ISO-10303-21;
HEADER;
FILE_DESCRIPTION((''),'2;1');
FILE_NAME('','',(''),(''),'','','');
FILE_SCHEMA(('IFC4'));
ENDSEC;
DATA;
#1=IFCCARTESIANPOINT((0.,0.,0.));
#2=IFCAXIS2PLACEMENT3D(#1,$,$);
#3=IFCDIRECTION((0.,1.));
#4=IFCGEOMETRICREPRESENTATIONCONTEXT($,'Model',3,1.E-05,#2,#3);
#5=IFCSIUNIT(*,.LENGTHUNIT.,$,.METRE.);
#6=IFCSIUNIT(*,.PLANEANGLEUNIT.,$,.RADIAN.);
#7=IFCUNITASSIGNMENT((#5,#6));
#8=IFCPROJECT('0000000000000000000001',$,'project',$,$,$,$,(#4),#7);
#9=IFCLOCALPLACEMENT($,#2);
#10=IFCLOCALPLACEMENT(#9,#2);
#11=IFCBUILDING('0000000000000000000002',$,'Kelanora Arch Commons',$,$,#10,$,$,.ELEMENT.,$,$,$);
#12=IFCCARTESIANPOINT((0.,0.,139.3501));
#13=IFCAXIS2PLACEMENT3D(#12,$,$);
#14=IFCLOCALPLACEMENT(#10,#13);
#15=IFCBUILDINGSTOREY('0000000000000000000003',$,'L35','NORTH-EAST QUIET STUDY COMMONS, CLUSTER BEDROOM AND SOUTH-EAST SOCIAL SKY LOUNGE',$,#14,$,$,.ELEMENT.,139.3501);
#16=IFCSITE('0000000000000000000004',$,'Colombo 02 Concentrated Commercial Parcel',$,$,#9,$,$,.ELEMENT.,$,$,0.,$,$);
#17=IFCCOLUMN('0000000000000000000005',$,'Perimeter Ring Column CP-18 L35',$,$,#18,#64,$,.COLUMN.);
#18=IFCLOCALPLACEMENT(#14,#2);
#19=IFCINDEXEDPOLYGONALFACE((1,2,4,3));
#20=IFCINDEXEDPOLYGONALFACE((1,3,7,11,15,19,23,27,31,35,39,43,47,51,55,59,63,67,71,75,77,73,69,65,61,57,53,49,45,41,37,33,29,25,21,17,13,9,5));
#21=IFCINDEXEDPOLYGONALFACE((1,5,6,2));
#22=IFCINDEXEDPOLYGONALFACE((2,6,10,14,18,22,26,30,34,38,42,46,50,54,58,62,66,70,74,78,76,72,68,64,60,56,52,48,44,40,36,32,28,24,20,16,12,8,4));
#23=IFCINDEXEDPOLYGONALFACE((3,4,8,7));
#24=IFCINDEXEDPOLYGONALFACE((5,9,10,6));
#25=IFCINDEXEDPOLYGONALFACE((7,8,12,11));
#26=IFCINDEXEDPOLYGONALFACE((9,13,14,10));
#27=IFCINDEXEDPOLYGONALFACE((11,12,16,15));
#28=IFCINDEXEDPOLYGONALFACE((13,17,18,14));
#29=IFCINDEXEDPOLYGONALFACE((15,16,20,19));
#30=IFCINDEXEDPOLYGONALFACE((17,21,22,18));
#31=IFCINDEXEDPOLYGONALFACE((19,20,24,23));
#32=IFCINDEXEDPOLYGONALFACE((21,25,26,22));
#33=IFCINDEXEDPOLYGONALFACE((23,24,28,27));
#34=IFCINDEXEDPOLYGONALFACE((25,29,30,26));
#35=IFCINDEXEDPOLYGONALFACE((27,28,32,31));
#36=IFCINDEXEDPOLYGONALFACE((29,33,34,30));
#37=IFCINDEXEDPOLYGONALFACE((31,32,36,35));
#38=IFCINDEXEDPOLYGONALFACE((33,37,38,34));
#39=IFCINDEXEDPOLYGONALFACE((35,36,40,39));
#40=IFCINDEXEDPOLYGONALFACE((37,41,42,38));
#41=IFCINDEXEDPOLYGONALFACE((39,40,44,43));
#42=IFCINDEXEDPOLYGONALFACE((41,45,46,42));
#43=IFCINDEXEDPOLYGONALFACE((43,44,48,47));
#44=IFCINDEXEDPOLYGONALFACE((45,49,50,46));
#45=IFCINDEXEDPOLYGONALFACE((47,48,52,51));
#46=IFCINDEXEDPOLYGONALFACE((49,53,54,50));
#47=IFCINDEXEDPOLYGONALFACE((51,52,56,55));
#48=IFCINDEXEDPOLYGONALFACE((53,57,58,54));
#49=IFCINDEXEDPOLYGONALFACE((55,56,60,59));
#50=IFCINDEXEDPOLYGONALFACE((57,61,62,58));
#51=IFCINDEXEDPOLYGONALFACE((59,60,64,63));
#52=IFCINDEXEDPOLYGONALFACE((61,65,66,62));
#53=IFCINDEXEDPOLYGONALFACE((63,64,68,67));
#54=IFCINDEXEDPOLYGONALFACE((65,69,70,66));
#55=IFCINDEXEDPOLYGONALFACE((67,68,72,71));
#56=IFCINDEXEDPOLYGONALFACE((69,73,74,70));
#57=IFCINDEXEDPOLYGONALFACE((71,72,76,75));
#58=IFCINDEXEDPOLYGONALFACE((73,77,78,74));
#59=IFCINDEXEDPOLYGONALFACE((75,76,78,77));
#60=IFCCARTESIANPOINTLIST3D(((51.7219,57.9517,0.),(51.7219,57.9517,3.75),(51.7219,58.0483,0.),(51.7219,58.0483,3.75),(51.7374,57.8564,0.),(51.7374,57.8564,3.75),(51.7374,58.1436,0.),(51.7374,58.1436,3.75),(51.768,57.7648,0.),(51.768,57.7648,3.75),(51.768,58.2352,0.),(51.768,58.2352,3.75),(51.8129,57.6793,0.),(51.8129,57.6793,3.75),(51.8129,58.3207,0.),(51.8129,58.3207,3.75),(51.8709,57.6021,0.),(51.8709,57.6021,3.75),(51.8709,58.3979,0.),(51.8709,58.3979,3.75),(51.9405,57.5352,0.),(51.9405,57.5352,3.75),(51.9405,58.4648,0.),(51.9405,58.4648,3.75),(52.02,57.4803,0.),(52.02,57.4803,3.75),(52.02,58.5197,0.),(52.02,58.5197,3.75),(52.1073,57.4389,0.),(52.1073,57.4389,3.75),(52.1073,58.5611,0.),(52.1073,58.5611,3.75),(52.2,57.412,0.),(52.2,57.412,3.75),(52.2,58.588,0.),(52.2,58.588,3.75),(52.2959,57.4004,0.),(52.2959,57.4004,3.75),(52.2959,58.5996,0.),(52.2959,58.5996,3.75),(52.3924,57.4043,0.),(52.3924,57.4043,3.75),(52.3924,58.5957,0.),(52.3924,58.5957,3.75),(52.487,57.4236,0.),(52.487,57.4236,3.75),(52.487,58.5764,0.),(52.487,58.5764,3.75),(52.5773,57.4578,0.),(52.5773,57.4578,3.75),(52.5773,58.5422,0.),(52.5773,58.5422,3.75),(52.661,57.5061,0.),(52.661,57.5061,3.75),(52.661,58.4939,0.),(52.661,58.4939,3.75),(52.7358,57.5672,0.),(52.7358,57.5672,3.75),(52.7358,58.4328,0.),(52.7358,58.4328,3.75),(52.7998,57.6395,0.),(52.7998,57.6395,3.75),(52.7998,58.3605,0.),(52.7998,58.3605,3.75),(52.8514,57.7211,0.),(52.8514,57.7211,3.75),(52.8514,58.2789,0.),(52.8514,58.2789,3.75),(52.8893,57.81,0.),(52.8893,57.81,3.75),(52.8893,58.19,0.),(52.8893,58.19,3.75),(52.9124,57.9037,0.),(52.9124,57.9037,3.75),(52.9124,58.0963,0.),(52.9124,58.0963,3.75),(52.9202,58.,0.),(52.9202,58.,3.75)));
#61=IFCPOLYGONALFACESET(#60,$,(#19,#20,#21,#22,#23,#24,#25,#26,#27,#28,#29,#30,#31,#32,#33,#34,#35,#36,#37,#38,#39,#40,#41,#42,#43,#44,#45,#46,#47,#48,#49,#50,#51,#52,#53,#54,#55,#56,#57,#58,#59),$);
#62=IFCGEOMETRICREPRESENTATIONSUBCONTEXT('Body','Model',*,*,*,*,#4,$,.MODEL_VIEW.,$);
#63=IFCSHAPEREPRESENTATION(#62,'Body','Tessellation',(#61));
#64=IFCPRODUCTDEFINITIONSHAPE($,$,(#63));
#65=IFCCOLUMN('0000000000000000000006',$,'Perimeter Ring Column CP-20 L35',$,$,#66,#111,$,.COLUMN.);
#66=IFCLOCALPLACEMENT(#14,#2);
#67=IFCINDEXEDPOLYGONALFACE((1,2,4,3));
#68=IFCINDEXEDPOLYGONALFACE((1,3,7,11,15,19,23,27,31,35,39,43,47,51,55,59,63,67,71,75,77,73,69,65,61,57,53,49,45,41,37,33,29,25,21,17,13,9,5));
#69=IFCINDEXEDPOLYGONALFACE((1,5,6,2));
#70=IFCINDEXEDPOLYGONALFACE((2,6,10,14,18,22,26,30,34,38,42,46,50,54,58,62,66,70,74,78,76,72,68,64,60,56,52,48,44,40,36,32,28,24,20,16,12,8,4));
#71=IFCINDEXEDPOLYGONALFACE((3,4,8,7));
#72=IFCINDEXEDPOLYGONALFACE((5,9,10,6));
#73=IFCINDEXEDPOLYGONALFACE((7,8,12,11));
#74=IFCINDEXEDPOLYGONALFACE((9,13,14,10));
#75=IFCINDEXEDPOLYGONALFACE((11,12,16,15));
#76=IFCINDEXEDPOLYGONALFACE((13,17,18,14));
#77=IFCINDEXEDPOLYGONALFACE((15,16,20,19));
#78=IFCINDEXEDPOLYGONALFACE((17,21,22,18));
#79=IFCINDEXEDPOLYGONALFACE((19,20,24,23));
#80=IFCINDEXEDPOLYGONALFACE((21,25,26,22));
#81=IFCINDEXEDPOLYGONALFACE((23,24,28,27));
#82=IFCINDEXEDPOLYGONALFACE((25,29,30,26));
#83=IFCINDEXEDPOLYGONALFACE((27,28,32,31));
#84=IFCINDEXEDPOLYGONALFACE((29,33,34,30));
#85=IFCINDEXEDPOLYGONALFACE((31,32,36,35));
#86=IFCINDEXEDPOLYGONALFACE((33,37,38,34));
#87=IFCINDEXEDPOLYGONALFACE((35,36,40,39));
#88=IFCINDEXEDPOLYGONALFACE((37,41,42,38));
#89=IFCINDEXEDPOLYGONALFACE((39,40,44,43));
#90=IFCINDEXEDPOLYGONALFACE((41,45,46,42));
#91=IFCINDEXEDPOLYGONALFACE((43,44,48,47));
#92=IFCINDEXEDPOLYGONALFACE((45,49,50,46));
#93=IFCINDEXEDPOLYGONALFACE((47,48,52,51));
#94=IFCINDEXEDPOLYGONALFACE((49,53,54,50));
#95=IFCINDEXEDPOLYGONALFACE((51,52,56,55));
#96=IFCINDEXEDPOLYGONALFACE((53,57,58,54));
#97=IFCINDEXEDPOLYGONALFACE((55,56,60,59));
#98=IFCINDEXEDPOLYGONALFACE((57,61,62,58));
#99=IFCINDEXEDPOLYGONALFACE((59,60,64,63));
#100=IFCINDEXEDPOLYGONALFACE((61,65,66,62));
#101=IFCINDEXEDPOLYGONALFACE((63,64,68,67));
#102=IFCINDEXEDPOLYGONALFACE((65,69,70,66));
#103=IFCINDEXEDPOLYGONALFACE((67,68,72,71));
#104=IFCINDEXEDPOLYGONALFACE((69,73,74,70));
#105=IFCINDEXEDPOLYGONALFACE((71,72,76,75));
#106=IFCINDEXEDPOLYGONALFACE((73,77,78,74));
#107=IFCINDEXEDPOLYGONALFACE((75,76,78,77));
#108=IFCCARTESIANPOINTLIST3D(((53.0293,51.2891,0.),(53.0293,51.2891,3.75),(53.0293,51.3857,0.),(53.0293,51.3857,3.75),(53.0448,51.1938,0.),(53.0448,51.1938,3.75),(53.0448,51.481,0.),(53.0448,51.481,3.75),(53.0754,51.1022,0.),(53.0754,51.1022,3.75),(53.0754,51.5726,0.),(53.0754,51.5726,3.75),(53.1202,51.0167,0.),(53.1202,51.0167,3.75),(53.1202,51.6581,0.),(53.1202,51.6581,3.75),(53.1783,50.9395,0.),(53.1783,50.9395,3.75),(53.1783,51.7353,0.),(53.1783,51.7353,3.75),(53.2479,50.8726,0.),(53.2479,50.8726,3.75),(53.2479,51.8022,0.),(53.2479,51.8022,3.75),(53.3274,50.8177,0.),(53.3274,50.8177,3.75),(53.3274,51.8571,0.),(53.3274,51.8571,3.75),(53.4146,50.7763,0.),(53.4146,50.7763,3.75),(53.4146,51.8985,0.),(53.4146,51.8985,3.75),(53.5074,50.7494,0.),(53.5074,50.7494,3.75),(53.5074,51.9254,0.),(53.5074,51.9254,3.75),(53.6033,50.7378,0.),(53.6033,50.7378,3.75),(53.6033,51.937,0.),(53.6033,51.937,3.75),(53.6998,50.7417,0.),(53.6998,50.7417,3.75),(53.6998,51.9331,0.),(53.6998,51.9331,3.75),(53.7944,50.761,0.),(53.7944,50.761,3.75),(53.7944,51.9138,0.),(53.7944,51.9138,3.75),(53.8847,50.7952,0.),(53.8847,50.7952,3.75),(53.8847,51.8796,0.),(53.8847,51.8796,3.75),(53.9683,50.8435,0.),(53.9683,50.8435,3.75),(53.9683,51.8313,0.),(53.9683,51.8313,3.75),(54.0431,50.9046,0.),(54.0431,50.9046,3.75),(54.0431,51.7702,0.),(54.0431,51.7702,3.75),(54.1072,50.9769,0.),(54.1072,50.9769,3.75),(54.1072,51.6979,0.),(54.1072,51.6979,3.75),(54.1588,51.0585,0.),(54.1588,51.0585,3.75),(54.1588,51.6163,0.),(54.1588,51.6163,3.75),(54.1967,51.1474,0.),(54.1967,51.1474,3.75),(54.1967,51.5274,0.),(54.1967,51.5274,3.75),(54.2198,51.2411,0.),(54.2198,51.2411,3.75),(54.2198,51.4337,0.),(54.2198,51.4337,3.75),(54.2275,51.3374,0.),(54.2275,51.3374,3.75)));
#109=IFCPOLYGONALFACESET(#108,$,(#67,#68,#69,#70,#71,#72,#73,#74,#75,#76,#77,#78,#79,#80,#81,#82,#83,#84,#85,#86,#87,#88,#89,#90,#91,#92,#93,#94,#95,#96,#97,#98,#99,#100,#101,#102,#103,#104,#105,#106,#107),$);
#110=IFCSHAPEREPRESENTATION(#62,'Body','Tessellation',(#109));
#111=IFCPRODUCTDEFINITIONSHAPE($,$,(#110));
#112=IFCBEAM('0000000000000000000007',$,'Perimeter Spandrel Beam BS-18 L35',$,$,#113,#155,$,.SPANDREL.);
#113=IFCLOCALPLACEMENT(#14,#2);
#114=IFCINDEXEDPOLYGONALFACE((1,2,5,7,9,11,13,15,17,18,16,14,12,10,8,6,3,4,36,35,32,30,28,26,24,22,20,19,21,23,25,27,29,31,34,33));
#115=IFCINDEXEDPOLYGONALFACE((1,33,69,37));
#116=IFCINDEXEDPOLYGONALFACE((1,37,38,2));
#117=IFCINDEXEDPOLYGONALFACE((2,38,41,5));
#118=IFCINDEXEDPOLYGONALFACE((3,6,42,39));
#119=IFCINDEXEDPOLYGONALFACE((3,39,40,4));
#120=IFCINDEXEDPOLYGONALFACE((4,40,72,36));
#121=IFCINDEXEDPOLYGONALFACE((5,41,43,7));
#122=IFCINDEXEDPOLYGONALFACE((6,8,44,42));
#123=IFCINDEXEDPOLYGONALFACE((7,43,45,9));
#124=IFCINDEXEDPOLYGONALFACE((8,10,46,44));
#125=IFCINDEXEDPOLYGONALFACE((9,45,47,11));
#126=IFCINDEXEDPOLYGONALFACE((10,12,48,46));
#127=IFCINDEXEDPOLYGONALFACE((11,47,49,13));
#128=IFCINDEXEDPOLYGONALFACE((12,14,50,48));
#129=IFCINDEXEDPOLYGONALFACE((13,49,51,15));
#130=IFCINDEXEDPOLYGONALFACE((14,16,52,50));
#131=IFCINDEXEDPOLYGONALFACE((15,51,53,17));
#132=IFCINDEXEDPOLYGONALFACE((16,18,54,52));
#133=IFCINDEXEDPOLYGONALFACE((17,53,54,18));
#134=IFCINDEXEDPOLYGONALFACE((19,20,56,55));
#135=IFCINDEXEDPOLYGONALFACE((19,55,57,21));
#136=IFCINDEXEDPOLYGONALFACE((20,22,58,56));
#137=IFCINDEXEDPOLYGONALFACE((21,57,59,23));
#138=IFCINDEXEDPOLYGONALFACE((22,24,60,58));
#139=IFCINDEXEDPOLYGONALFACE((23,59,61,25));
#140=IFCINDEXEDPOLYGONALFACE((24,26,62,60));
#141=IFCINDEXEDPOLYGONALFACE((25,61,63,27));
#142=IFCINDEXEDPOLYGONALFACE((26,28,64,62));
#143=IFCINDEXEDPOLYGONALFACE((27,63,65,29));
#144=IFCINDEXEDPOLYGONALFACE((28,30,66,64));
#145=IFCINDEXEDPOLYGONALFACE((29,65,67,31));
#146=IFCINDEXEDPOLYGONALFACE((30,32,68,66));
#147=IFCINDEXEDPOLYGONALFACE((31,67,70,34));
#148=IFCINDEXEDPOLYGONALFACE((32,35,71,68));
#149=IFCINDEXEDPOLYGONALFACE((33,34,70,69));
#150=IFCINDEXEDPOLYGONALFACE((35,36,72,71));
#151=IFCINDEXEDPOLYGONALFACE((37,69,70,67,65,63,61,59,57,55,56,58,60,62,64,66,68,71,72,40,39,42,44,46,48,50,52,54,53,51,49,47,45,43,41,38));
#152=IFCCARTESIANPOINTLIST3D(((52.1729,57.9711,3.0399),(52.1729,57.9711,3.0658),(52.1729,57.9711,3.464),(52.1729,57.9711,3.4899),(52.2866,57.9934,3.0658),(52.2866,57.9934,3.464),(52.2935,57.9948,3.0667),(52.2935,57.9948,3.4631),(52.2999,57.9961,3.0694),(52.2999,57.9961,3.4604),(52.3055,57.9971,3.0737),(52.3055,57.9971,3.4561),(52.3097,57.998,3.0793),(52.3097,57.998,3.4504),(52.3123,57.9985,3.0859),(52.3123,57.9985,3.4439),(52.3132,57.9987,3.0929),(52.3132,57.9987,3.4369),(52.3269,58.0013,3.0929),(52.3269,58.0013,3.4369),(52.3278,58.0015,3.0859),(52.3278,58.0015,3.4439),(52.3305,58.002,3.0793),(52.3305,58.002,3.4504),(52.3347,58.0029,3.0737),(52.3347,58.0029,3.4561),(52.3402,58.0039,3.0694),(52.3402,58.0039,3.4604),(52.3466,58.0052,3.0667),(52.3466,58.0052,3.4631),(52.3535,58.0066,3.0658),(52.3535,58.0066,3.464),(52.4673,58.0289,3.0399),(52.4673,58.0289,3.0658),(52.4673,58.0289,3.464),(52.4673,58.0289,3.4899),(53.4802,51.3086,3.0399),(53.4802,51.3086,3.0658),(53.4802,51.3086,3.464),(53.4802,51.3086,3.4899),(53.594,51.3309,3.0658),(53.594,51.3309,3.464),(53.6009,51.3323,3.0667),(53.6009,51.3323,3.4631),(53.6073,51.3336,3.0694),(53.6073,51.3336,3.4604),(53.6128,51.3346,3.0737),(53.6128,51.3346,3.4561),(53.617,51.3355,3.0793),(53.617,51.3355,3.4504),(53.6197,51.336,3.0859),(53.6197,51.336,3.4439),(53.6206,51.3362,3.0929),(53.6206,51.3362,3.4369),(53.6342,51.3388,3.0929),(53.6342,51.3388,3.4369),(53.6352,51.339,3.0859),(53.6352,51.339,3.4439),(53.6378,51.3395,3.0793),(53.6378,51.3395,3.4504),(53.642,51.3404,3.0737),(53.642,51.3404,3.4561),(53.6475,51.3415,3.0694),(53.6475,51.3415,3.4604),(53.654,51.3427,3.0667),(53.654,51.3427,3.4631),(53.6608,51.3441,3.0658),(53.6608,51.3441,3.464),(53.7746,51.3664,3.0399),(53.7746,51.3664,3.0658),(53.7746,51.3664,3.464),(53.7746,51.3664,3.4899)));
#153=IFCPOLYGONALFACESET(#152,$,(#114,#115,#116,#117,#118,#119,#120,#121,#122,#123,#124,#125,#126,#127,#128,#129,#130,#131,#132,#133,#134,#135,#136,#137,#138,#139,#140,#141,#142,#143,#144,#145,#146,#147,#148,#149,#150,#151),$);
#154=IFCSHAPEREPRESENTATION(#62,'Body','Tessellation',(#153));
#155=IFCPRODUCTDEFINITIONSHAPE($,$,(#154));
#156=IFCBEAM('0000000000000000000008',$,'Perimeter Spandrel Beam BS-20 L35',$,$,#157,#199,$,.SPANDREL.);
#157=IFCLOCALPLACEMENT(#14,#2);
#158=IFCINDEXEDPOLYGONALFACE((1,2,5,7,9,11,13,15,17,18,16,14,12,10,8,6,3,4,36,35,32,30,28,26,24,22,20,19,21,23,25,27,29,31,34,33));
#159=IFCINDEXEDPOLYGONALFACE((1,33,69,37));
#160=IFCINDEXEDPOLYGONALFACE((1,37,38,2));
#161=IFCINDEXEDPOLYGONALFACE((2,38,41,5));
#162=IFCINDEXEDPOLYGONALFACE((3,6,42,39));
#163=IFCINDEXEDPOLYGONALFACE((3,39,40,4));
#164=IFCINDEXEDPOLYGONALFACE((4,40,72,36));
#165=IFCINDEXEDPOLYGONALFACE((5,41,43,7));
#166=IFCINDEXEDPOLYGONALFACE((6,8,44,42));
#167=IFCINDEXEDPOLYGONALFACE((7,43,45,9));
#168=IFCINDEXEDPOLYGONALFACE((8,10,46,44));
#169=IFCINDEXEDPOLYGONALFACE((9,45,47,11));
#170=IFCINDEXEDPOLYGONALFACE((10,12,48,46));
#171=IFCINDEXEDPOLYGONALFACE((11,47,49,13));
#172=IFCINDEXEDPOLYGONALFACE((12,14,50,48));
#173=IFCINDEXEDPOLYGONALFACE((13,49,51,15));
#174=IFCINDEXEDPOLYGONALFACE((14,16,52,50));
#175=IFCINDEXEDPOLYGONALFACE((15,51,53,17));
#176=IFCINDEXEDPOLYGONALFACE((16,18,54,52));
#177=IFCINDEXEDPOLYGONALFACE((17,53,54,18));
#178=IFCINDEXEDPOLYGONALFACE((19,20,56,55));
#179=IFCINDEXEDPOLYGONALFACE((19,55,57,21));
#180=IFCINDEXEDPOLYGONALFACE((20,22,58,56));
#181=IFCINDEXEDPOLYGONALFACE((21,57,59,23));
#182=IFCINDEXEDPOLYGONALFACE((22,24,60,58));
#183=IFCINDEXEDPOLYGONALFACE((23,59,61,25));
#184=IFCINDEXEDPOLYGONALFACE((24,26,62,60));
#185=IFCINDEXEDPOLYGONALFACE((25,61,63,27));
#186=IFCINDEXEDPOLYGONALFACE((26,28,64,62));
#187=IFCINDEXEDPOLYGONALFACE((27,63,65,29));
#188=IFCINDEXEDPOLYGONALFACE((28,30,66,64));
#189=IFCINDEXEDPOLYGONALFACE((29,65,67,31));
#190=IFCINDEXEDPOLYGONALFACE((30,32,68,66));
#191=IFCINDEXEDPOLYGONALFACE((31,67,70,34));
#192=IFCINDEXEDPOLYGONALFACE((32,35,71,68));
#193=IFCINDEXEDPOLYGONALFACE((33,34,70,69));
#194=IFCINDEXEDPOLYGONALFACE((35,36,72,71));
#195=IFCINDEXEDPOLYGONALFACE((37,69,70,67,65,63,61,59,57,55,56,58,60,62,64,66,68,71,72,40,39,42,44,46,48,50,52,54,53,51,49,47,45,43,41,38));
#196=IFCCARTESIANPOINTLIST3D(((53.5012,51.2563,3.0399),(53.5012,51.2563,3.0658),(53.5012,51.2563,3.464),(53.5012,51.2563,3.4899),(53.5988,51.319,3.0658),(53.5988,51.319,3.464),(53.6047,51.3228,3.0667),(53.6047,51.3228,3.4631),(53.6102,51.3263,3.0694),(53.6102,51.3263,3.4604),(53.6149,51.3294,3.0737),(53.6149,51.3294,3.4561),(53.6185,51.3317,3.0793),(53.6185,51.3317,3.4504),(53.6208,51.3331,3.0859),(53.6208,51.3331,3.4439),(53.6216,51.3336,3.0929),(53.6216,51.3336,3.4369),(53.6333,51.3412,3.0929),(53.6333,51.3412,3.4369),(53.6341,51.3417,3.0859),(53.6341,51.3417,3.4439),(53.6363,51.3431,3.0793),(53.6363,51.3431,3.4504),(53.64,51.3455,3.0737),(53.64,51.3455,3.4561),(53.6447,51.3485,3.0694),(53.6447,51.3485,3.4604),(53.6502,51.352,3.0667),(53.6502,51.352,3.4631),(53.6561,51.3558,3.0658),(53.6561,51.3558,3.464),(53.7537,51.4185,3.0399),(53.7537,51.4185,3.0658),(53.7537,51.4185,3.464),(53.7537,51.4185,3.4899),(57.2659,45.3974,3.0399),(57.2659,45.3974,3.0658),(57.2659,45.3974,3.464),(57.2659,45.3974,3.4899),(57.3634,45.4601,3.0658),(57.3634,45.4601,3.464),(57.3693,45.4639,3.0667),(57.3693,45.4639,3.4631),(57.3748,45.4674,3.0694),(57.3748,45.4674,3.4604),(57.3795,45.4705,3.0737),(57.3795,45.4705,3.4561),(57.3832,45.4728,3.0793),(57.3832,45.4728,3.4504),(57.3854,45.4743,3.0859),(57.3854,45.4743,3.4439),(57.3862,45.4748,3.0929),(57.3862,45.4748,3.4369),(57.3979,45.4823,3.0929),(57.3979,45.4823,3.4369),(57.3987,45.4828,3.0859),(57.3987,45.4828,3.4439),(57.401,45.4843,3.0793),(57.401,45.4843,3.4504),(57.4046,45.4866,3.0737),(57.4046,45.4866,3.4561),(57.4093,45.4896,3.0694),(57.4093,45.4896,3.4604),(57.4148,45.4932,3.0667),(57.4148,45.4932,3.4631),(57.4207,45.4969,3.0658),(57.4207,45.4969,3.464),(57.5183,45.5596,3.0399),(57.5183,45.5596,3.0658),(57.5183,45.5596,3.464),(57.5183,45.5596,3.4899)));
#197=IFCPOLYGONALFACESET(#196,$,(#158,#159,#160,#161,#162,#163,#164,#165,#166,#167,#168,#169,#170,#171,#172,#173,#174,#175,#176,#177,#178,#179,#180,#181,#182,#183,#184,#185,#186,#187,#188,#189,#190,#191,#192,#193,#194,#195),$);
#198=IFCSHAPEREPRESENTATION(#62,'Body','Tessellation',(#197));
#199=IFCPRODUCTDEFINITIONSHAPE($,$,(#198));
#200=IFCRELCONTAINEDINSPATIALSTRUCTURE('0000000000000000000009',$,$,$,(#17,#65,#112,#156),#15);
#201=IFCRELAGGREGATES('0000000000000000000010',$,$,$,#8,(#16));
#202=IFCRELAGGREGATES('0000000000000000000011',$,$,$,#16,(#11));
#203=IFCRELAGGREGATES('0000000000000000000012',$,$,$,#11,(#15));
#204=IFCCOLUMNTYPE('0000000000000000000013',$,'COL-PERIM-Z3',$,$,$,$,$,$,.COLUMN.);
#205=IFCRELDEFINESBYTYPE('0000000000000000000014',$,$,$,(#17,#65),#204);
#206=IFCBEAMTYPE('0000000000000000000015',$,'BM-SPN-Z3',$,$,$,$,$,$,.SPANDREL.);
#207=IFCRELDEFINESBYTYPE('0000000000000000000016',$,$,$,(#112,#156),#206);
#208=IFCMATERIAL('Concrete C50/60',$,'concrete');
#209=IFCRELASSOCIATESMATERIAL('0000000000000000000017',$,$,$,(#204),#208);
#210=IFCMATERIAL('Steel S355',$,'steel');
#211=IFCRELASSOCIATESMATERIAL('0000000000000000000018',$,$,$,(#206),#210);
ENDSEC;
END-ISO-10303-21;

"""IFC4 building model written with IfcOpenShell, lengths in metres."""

from ifc_helpers import new_model, si_unit, direction, frame, origin, origin_2d, place, context, subcontext, project, spatial, circle, i_section, extrude, material, material_profile, profile_set, type_object, element, save


model = new_model("IFC4")

# Units and contexts
model_context = context("Model", 3, precision=1e-05, world=origin(), true_north=direction((0.0, 1.0)))
body_context = subcontext(model_context, "Body", "Model", "MODEL_VIEW")
ifc_project = project(units=[si_unit("LENGTHUNIT", "METRE"), si_unit("PLANEANGLEUNIT", "RADIAN")], contexts=[model_context])

# Site, building, storey
site_placement = place(None, origin())
site = spatial("IfcSite", under=ifc_project, at=site_placement, Name="Colombo 02 Concentrated Commercial Parcel", CompositionType="ELEMENT", RefElevation=0.0)
building_placement = place(site_placement, origin())
building = spatial("IfcBuilding", under=site, at=building_placement, Name="Kelanora Arch Commons", CompositionType="ELEMENT")
storey_placement = place(building_placement, frame((0.0, 0.0, 139.3501)))
storey = spatial("IfcBuildingStorey", under=building, at=storey_placement, Name="L35", Description="NORTH-EAST QUIET STUDY COMMONS, CLUSTER BEDROOM AND SOUTH-EAST SOCIAL SKY LOUNGE", CompositionType="ELEMENT", Elevation=139.3501)

# Columns
ifc_material_1 = material(Name="Concrete C50/60", Category="concrete")
ifc_material_profile_1 = material_profile(ifc_material_1, circle(Radius=0.6001, at=origin_2d()), Name="RCC1200")
ifc_profile_set_1 = profile_set([ifc_material_profile_1], Name="Concrete C50/60")
column_type = type_object("IfcColumnType", Name="COL-PERIM-Z3", PredefinedType="COLUMN", material=ifc_profile_set_1)
for number, where, z_axis, x_axis, name in (
    (1, (52.3201, 58.0, 0.0), (0.0, 0.0, 1.0), (1.0, 0.0, 0.0), "Perimeter Ring Column CP-18 L35"),
    (2, (53.6274, 51.3374, 0.0), (0.0, 0.0, 1.0), (1.0, 0.0, 0.0), "Perimeter Ring Column CP-20 L35"),
):
    element("IfcColumn", number, at=place(storey_placement, frame(where, z_axis=z_axis, x_axis=x_axis)), inside=storey, type_object=column_type, Name=name, PredefinedType="COLUMN", context=body_context, shape_type="SweptSolid", body=[
        extrude(circle(Radius=0.6001, at=origin_2d()), origin(), (0.0, 0.0, 1.0), 3.75),
    ])

# Beams
ifc_material_2 = material(Name="Steel S355", Category="steel")
ifc_material_profile_2 = material_profile(ifc_material_2, i_section(OverallWidth=0.3, OverallDepth=0.45, WebThickness=0.0139, FlangeThickness=0.0259, FilletRadius=0.0271, at=origin_2d()), Name="HEB450")
ifc_profile_set_2 = profile_set([ifc_material_profile_2], Name="Steel S355")
beam_type = type_object("IfcBeamType", Name="BM-SPN-Z3", PredefinedType="SPANDREL", material=ifc_profile_set_2)
beam_1_placement = place(storey_placement, frame((52.3201, 58.0, 3.2649), z_axis=(0.192554, -0.981286, 0.0), x_axis=(0.981286, 0.192554, 0.0)))
element("IfcBeam", 3, at=beam_1_placement, inside=storey, type_object=beam_type, Name="Perimeter Spandrel Beam BS-18 L35", PredefinedType="SPANDREL", context=body_context, shape_type="SweptSolid", body=[
    extrude(i_section(OverallWidth=0.3, OverallDepth=0.45, WebThickness=0.0139, FlangeThickness=0.0259, FilletRadius=0.0271, at=origin_2d()), origin(), (0.0, 0.0, 1.0), 6.7896),
])
beam_2_placement = place(storey_placement, frame((53.6274, 51.3374, 3.2649), z_axis=(0.540577, -0.841295, 0.0), x_axis=(0.841295, 0.540577, 0.0)))
element("IfcBeam", 4, at=beam_2_placement, inside=storey, type_object=beam_type, Name="Perimeter Spandrel Beam BS-20 L35", PredefinedType="SPANDREL", context=body_context, shape_type="SweptSolid", body=[
    extrude(i_section(OverallWidth=0.3, OverallDepth=0.45, WebThickness=0.0139, FlangeThickness=0.0259, FilletRadius=0.0271, at=origin_2d()), origin(), (0.0, 0.0, 1.0), 6.9641),
])

save(model, "model.ifc")
